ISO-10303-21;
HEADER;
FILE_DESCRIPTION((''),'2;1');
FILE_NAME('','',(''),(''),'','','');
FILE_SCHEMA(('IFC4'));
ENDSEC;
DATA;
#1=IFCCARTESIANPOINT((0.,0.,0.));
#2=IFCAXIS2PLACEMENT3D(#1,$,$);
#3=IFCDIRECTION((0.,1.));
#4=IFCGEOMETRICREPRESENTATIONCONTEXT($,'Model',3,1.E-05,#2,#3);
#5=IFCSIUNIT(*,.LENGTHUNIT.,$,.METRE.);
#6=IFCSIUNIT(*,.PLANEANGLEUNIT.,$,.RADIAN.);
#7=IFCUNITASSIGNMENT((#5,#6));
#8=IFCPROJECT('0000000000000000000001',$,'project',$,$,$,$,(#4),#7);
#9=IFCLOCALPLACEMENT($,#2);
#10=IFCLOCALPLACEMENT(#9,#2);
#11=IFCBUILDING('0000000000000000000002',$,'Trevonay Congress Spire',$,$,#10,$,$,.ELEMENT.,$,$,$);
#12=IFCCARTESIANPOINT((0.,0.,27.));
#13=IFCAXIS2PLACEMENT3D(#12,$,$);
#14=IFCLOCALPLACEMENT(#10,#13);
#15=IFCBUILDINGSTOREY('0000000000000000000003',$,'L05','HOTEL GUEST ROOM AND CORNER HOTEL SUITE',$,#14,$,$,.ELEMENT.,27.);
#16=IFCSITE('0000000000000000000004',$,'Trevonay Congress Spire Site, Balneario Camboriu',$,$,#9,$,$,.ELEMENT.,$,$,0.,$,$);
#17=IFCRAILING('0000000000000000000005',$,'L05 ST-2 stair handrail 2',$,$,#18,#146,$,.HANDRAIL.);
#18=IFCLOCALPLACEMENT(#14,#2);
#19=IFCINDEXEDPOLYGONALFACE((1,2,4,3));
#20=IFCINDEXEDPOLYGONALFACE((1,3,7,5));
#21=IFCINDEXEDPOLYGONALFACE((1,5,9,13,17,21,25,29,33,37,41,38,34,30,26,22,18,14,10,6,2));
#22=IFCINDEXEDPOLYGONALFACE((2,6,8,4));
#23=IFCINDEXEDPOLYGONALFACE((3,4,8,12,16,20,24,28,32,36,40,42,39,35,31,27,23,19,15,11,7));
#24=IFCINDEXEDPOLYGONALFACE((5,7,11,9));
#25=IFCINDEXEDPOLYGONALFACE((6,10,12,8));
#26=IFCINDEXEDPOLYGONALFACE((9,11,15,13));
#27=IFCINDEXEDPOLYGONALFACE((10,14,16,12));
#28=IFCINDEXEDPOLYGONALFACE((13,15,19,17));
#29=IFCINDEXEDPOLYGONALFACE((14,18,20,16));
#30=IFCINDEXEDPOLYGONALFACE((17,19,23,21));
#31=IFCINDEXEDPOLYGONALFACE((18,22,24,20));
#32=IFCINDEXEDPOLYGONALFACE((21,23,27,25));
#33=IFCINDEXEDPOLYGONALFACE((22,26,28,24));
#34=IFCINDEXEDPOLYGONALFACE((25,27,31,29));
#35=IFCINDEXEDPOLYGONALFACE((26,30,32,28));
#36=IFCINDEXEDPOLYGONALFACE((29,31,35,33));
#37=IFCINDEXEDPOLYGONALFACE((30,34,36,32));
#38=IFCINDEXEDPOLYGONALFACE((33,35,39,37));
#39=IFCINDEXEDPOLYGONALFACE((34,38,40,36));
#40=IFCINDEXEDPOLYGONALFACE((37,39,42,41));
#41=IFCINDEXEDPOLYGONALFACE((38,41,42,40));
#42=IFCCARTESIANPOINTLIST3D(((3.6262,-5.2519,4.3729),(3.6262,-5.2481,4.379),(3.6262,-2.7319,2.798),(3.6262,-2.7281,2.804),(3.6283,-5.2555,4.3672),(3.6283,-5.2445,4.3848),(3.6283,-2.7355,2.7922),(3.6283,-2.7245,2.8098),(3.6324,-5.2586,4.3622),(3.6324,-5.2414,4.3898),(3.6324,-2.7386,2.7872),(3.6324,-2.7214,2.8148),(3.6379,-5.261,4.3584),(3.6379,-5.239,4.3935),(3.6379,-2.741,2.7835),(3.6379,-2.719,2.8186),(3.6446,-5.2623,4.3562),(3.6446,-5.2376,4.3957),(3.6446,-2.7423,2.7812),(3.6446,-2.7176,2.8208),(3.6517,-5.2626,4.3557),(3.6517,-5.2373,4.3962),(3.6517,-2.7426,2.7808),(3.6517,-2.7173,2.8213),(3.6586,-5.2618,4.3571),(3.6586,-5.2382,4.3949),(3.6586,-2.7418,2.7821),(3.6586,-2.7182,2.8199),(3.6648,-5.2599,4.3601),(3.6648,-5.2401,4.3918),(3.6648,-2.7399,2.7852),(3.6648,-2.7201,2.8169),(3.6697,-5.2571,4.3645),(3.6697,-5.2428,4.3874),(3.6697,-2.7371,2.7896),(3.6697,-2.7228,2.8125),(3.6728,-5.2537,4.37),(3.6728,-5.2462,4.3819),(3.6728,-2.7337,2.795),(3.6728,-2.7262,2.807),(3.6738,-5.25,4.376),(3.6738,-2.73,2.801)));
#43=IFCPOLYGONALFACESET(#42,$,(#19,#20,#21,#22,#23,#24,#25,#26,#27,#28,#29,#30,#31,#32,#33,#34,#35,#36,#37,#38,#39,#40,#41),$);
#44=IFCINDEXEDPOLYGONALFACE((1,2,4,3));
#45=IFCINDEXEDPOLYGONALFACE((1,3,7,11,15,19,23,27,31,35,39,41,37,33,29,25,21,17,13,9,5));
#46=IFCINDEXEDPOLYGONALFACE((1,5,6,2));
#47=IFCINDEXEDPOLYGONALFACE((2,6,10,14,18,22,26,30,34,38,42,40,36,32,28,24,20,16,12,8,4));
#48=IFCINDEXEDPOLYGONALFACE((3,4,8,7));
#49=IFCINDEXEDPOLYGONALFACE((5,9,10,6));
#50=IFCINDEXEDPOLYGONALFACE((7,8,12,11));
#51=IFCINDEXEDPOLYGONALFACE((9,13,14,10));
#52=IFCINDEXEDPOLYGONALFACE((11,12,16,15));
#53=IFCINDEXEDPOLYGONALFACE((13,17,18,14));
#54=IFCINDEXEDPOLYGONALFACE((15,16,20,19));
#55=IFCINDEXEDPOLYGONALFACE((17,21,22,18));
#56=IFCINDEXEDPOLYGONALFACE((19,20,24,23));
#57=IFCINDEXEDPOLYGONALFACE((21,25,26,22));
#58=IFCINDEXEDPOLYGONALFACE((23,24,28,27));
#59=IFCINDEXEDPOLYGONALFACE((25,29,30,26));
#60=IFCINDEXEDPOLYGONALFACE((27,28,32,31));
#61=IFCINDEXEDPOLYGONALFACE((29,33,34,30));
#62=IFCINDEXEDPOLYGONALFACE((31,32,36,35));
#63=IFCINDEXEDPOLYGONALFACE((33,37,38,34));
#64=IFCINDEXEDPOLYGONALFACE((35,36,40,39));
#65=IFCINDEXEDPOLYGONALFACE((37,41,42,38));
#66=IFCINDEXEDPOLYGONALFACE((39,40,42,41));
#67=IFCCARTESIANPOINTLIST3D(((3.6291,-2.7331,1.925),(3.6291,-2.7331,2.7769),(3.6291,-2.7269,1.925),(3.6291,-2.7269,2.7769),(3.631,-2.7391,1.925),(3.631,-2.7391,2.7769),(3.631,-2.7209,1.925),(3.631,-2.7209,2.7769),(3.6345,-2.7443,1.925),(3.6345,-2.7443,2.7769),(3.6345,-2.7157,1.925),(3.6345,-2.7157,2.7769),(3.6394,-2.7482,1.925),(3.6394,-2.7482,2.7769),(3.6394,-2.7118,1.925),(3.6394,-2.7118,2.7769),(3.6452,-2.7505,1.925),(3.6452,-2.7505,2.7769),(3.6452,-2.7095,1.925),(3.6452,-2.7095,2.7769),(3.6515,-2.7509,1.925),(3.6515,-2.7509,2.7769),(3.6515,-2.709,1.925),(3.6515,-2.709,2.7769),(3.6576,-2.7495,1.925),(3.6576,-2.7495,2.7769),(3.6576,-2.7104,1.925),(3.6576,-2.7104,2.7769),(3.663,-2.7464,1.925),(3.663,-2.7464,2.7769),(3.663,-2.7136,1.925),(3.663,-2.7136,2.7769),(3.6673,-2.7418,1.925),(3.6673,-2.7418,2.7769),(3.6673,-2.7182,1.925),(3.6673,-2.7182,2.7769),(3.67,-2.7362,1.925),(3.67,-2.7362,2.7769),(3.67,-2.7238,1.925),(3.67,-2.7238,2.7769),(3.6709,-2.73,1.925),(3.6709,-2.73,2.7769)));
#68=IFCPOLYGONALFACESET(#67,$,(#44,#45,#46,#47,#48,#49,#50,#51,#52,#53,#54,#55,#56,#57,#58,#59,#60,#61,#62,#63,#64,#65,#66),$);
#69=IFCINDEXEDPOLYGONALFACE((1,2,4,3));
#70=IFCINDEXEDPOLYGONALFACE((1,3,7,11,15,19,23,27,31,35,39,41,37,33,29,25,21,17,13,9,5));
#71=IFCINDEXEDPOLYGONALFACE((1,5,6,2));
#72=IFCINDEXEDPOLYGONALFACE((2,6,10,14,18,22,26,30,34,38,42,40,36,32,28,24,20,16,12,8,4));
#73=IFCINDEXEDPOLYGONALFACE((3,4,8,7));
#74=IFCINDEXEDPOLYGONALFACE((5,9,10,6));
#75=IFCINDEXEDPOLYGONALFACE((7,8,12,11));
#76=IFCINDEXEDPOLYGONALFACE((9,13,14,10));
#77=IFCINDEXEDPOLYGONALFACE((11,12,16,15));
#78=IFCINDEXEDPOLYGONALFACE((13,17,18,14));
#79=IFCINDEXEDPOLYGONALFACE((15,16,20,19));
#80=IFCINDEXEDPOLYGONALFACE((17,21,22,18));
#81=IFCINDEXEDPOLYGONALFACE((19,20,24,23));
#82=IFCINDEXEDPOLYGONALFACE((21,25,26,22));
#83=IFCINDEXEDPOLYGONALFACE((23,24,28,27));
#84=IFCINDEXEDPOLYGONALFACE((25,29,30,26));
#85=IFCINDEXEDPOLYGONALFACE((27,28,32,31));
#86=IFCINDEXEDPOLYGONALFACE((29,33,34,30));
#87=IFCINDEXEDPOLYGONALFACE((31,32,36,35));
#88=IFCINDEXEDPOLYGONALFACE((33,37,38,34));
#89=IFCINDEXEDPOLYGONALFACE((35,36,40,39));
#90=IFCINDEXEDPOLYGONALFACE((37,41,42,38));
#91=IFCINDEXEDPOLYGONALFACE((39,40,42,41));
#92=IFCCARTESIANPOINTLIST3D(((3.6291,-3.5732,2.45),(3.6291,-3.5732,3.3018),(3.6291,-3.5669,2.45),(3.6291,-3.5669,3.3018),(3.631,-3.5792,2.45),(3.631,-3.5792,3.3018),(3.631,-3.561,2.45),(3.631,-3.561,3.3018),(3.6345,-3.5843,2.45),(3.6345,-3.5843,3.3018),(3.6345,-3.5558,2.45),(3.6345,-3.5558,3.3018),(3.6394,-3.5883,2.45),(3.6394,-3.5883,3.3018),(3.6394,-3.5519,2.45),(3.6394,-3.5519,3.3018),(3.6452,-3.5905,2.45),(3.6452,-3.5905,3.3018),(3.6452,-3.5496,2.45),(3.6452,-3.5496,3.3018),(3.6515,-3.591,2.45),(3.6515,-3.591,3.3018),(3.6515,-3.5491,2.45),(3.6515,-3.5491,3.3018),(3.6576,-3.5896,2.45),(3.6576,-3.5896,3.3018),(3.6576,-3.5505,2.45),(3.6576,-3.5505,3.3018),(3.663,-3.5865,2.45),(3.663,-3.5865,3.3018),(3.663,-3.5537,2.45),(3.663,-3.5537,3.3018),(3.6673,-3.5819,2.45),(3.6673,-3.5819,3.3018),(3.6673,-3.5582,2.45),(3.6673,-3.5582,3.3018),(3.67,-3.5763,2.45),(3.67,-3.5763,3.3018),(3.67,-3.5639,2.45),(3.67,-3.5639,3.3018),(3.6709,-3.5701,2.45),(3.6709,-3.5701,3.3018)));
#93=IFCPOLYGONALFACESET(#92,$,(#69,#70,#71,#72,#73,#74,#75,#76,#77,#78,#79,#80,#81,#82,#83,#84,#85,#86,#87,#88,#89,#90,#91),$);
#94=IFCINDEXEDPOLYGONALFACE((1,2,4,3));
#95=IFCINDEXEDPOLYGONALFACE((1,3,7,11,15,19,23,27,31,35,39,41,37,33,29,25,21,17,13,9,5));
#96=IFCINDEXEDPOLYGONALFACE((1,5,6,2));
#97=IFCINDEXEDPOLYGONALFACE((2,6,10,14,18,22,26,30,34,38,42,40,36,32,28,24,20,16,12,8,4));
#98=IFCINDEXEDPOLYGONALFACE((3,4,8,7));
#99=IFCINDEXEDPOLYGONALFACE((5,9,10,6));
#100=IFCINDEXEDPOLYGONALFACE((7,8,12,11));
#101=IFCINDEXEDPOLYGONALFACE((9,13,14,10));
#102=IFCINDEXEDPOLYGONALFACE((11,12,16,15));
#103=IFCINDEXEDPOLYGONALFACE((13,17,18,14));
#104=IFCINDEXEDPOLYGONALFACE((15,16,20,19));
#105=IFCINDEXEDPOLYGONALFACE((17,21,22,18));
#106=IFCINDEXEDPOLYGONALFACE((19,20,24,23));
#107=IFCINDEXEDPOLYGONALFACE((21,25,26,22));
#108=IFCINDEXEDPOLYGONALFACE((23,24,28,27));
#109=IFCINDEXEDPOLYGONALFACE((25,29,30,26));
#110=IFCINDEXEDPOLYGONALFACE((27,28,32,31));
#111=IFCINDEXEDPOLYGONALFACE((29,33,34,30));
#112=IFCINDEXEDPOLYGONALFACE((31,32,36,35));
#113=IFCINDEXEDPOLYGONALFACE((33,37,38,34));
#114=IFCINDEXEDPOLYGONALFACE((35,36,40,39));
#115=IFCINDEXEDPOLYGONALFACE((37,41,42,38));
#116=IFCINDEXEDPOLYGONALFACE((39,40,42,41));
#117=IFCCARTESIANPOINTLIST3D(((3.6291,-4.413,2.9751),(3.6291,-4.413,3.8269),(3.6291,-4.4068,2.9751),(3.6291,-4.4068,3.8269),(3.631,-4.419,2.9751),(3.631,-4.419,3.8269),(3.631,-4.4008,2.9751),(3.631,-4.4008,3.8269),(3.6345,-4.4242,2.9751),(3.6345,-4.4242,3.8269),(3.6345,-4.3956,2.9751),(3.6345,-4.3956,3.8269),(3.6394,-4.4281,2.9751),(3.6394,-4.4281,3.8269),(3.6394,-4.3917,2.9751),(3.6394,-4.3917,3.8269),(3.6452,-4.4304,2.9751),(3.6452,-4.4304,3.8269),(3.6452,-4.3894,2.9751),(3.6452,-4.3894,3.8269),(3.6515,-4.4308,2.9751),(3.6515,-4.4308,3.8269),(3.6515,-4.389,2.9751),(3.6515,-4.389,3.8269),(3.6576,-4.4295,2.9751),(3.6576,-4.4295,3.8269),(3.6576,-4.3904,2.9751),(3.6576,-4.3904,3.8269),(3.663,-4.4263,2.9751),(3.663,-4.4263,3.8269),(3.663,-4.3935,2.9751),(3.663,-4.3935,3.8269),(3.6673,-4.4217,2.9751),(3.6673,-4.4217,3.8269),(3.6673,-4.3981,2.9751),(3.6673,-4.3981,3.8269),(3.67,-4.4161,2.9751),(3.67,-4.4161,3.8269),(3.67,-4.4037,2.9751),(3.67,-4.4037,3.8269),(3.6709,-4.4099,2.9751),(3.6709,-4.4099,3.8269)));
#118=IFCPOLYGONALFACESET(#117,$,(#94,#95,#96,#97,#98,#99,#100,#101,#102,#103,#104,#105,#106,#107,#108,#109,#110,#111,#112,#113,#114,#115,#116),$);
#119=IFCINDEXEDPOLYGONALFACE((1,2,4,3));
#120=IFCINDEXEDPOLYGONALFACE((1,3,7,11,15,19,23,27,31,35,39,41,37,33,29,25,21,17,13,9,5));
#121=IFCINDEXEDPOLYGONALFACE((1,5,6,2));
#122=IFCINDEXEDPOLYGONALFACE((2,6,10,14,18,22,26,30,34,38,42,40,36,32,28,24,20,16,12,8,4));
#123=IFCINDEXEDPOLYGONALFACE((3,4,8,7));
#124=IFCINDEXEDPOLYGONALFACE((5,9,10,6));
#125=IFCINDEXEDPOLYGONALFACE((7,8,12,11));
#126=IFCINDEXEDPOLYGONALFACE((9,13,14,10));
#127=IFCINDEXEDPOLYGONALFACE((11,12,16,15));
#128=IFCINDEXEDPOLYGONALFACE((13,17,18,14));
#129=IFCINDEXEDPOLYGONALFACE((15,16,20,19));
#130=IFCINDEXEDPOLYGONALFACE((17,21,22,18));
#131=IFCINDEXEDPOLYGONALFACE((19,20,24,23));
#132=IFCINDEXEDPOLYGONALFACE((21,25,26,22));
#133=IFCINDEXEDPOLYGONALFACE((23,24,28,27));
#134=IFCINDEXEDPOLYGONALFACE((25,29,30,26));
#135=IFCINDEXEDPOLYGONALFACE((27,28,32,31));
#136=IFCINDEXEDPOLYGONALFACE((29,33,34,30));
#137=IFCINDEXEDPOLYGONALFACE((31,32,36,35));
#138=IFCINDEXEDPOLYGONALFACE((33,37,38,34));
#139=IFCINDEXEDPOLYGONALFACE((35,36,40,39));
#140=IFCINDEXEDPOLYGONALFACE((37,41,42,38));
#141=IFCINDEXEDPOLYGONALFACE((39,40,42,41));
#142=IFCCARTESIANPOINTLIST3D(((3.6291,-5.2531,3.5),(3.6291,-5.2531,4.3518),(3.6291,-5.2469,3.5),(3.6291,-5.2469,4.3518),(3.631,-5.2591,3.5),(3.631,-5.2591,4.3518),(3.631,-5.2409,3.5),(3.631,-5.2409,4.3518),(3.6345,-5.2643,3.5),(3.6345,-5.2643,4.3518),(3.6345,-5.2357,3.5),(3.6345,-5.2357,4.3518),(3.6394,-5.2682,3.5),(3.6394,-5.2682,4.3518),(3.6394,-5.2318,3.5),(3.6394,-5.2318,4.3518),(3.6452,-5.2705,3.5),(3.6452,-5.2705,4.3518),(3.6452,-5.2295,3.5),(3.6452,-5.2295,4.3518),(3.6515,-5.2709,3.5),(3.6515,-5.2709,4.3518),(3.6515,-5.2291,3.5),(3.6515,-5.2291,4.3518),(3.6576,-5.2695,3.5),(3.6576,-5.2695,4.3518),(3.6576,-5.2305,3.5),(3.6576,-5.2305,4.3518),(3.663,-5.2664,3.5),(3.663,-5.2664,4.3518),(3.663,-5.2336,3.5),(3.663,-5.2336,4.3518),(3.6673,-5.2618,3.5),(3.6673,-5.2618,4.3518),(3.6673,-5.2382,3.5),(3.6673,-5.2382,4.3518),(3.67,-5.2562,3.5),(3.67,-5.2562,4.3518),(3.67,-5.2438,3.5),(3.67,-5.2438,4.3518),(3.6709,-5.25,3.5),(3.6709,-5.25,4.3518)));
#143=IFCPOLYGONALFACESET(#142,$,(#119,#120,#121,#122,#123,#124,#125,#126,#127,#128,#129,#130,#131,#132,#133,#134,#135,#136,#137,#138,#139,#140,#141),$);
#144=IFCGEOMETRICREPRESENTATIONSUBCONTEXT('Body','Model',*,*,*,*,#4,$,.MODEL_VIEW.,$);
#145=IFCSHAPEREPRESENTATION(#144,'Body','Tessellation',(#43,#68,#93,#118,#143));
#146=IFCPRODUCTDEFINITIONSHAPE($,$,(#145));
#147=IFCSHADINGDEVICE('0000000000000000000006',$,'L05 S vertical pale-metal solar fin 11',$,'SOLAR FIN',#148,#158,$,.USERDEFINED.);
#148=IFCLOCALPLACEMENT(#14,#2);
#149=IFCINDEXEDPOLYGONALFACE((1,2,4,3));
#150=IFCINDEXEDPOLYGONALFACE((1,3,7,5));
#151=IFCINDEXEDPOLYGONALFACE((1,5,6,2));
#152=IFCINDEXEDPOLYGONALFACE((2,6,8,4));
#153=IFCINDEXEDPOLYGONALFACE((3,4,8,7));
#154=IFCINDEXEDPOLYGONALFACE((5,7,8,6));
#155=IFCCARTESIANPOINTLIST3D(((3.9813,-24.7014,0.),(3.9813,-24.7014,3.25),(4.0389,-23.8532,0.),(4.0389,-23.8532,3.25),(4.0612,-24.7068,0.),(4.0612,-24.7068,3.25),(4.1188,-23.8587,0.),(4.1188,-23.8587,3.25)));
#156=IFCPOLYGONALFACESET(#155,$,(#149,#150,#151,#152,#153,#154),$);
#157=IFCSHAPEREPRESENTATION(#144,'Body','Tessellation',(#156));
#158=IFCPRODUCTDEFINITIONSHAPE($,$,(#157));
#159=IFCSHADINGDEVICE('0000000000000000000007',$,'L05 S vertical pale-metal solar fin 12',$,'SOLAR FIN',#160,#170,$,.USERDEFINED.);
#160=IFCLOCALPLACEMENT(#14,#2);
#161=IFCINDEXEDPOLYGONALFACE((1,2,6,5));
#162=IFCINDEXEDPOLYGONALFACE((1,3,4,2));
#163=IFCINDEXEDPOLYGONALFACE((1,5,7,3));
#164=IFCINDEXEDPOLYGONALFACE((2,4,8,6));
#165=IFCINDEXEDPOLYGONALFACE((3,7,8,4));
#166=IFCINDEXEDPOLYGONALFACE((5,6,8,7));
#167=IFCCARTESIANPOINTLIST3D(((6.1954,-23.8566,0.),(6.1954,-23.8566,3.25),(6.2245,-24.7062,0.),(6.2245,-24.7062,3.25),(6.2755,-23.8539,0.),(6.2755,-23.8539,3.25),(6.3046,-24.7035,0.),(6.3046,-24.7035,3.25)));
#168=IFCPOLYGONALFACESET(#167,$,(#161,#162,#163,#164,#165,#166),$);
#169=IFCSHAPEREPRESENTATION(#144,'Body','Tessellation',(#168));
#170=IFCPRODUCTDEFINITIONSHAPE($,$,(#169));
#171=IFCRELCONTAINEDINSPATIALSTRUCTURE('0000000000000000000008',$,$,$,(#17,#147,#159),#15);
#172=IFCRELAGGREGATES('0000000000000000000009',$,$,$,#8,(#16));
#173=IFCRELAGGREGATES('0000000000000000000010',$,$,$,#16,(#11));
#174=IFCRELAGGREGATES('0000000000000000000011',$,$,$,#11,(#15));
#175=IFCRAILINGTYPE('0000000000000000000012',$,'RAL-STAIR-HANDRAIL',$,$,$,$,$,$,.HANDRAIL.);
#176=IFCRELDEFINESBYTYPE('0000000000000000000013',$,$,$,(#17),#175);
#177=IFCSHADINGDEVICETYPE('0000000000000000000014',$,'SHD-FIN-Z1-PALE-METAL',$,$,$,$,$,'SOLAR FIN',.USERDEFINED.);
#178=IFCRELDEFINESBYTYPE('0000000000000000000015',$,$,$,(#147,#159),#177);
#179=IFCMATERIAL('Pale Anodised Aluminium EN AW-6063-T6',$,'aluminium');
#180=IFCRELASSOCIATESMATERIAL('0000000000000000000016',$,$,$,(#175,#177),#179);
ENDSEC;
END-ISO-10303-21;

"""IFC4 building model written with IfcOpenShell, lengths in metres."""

from ifc_helpers import new_model, si_unit, direction, frame, origin, origin_2d, place, context, subcontext, project, spatial, rectangle, circle, extrude, material, type_object, element, save


model = new_model("IFC4")

# Units and contexts
model_context = context("Model", 3, precision=1e-05, world=origin(), true_north=direction((0.0, 1.0)))
body_context = subcontext(model_context, "Body", "Model", "MODEL_VIEW")
ifc_project = project(units=[si_unit("LENGTHUNIT", "METRE"), si_unit("PLANEANGLEUNIT", "RADIAN")], contexts=[model_context])

# Site, building, storey
site_placement = place(None, origin())
site = spatial("IfcSite", under=ifc_project, at=site_placement, Name="Trevonay Congress Spire Site, Balneario Camboriu", CompositionType="ELEMENT", RefElevation=0.0)
building_placement = place(site_placement, origin())
building = spatial("IfcBuilding", under=site, at=building_placement, Name="Trevonay Congress Spire", CompositionType="ELEMENT")
storey_placement = place(building_placement, frame((0.0, 0.0, 27.0)))
storey = spatial("IfcBuildingStorey", under=building, at=storey_placement, Name="L05", Description="HOTEL GUEST ROOM AND CORNER HOTEL SUITE", CompositionType="ELEMENT", Elevation=27.0)

# Shared definitions
ifc_material_1 = material(Name="Pale Anodised Aluminium EN AW-6063-T6", Category="aluminium")

# Railing
railing_type_1 = type_object("IfcRailingType", Name="RAL-STAIR-HANDRAIL", PredefinedType="HANDRAIL", material=ifc_material_1)
railing_1_placement = place(storey_placement, frame((3.6499, -2.73, 1.925)))
element("IfcRailing", 1, at=railing_1_placement, inside=storey, type_object=railing_type_1, Name="L05 ST-2 stair handrail 2", PredefinedType="HANDRAIL", context=body_context, shape_type="SweptSolid", body=[
    extrude(circle(Radius=0.0239, at=origin_2d()), frame((0.0, 0.0, 0.876), z_axis=(0.0, -0.848008, 0.529984), x_axis=(1.0, 0.0, 0.0)), (0.0, 0.0, 1.0), 2.9717),
    extrude(circle(Radius=0.021, at=origin_2d()), origin(), (0.0, 0.0, 1.0), 0.8518),
    extrude(circle(Radius=0.021, at=origin_2d()), frame((0.0, -0.8401, 0.5249)), (0.0, 0.0, 1.0), 0.8518),
    extrude(circle(Radius=0.021, at=origin_2d()), frame((0.0, -1.6799, 1.05)), (0.0, 0.0, 1.0), 0.8518),
    extrude(circle(Radius=0.021, at=origin_2d()), frame((0.0, -2.52, 1.575)), (0.0, 0.0, 1.0), 0.8518),
])

# Shading devices
shading_device_type = type_object("IfcShadingDeviceType", Name="SHD-FIN-Z1-PALE-METAL", ElementType="SOLAR FIN", PredefinedType="USERDEFINED", material=ifc_material_1)
for number, where, z_axis, x_axis, name in (
    (2, (4.05, -24.28, 0.0), (0.0, 0.0, 1.0), (0.997708, -0.067667, 0.0), "L05 S vertical pale-metal solar fin 11"),
    (3, (6.25, -24.28, 0.0), (0.0, 0.0, 1.0), (0.999415, 0.034202, 0.0), "L05 S vertical pale-metal solar fin 12"),
):
    element("IfcShadingDevice", number, at=place(storey_placement, frame(where, z_axis=z_axis, x_axis=x_axis)), inside=storey, type_object=shading_device_type, Name=name, ObjectType="SOLAR FIN", PredefinedType="USERDEFINED", context=body_context, shape_type="SweptSolid", body=[
        extrude(rectangle(XDim=0.0801, YDim=0.8501, at=origin_2d()), origin(), (0.0, 0.0, 1.0), 3.25),
    ])

save(model, "model.ifc")
